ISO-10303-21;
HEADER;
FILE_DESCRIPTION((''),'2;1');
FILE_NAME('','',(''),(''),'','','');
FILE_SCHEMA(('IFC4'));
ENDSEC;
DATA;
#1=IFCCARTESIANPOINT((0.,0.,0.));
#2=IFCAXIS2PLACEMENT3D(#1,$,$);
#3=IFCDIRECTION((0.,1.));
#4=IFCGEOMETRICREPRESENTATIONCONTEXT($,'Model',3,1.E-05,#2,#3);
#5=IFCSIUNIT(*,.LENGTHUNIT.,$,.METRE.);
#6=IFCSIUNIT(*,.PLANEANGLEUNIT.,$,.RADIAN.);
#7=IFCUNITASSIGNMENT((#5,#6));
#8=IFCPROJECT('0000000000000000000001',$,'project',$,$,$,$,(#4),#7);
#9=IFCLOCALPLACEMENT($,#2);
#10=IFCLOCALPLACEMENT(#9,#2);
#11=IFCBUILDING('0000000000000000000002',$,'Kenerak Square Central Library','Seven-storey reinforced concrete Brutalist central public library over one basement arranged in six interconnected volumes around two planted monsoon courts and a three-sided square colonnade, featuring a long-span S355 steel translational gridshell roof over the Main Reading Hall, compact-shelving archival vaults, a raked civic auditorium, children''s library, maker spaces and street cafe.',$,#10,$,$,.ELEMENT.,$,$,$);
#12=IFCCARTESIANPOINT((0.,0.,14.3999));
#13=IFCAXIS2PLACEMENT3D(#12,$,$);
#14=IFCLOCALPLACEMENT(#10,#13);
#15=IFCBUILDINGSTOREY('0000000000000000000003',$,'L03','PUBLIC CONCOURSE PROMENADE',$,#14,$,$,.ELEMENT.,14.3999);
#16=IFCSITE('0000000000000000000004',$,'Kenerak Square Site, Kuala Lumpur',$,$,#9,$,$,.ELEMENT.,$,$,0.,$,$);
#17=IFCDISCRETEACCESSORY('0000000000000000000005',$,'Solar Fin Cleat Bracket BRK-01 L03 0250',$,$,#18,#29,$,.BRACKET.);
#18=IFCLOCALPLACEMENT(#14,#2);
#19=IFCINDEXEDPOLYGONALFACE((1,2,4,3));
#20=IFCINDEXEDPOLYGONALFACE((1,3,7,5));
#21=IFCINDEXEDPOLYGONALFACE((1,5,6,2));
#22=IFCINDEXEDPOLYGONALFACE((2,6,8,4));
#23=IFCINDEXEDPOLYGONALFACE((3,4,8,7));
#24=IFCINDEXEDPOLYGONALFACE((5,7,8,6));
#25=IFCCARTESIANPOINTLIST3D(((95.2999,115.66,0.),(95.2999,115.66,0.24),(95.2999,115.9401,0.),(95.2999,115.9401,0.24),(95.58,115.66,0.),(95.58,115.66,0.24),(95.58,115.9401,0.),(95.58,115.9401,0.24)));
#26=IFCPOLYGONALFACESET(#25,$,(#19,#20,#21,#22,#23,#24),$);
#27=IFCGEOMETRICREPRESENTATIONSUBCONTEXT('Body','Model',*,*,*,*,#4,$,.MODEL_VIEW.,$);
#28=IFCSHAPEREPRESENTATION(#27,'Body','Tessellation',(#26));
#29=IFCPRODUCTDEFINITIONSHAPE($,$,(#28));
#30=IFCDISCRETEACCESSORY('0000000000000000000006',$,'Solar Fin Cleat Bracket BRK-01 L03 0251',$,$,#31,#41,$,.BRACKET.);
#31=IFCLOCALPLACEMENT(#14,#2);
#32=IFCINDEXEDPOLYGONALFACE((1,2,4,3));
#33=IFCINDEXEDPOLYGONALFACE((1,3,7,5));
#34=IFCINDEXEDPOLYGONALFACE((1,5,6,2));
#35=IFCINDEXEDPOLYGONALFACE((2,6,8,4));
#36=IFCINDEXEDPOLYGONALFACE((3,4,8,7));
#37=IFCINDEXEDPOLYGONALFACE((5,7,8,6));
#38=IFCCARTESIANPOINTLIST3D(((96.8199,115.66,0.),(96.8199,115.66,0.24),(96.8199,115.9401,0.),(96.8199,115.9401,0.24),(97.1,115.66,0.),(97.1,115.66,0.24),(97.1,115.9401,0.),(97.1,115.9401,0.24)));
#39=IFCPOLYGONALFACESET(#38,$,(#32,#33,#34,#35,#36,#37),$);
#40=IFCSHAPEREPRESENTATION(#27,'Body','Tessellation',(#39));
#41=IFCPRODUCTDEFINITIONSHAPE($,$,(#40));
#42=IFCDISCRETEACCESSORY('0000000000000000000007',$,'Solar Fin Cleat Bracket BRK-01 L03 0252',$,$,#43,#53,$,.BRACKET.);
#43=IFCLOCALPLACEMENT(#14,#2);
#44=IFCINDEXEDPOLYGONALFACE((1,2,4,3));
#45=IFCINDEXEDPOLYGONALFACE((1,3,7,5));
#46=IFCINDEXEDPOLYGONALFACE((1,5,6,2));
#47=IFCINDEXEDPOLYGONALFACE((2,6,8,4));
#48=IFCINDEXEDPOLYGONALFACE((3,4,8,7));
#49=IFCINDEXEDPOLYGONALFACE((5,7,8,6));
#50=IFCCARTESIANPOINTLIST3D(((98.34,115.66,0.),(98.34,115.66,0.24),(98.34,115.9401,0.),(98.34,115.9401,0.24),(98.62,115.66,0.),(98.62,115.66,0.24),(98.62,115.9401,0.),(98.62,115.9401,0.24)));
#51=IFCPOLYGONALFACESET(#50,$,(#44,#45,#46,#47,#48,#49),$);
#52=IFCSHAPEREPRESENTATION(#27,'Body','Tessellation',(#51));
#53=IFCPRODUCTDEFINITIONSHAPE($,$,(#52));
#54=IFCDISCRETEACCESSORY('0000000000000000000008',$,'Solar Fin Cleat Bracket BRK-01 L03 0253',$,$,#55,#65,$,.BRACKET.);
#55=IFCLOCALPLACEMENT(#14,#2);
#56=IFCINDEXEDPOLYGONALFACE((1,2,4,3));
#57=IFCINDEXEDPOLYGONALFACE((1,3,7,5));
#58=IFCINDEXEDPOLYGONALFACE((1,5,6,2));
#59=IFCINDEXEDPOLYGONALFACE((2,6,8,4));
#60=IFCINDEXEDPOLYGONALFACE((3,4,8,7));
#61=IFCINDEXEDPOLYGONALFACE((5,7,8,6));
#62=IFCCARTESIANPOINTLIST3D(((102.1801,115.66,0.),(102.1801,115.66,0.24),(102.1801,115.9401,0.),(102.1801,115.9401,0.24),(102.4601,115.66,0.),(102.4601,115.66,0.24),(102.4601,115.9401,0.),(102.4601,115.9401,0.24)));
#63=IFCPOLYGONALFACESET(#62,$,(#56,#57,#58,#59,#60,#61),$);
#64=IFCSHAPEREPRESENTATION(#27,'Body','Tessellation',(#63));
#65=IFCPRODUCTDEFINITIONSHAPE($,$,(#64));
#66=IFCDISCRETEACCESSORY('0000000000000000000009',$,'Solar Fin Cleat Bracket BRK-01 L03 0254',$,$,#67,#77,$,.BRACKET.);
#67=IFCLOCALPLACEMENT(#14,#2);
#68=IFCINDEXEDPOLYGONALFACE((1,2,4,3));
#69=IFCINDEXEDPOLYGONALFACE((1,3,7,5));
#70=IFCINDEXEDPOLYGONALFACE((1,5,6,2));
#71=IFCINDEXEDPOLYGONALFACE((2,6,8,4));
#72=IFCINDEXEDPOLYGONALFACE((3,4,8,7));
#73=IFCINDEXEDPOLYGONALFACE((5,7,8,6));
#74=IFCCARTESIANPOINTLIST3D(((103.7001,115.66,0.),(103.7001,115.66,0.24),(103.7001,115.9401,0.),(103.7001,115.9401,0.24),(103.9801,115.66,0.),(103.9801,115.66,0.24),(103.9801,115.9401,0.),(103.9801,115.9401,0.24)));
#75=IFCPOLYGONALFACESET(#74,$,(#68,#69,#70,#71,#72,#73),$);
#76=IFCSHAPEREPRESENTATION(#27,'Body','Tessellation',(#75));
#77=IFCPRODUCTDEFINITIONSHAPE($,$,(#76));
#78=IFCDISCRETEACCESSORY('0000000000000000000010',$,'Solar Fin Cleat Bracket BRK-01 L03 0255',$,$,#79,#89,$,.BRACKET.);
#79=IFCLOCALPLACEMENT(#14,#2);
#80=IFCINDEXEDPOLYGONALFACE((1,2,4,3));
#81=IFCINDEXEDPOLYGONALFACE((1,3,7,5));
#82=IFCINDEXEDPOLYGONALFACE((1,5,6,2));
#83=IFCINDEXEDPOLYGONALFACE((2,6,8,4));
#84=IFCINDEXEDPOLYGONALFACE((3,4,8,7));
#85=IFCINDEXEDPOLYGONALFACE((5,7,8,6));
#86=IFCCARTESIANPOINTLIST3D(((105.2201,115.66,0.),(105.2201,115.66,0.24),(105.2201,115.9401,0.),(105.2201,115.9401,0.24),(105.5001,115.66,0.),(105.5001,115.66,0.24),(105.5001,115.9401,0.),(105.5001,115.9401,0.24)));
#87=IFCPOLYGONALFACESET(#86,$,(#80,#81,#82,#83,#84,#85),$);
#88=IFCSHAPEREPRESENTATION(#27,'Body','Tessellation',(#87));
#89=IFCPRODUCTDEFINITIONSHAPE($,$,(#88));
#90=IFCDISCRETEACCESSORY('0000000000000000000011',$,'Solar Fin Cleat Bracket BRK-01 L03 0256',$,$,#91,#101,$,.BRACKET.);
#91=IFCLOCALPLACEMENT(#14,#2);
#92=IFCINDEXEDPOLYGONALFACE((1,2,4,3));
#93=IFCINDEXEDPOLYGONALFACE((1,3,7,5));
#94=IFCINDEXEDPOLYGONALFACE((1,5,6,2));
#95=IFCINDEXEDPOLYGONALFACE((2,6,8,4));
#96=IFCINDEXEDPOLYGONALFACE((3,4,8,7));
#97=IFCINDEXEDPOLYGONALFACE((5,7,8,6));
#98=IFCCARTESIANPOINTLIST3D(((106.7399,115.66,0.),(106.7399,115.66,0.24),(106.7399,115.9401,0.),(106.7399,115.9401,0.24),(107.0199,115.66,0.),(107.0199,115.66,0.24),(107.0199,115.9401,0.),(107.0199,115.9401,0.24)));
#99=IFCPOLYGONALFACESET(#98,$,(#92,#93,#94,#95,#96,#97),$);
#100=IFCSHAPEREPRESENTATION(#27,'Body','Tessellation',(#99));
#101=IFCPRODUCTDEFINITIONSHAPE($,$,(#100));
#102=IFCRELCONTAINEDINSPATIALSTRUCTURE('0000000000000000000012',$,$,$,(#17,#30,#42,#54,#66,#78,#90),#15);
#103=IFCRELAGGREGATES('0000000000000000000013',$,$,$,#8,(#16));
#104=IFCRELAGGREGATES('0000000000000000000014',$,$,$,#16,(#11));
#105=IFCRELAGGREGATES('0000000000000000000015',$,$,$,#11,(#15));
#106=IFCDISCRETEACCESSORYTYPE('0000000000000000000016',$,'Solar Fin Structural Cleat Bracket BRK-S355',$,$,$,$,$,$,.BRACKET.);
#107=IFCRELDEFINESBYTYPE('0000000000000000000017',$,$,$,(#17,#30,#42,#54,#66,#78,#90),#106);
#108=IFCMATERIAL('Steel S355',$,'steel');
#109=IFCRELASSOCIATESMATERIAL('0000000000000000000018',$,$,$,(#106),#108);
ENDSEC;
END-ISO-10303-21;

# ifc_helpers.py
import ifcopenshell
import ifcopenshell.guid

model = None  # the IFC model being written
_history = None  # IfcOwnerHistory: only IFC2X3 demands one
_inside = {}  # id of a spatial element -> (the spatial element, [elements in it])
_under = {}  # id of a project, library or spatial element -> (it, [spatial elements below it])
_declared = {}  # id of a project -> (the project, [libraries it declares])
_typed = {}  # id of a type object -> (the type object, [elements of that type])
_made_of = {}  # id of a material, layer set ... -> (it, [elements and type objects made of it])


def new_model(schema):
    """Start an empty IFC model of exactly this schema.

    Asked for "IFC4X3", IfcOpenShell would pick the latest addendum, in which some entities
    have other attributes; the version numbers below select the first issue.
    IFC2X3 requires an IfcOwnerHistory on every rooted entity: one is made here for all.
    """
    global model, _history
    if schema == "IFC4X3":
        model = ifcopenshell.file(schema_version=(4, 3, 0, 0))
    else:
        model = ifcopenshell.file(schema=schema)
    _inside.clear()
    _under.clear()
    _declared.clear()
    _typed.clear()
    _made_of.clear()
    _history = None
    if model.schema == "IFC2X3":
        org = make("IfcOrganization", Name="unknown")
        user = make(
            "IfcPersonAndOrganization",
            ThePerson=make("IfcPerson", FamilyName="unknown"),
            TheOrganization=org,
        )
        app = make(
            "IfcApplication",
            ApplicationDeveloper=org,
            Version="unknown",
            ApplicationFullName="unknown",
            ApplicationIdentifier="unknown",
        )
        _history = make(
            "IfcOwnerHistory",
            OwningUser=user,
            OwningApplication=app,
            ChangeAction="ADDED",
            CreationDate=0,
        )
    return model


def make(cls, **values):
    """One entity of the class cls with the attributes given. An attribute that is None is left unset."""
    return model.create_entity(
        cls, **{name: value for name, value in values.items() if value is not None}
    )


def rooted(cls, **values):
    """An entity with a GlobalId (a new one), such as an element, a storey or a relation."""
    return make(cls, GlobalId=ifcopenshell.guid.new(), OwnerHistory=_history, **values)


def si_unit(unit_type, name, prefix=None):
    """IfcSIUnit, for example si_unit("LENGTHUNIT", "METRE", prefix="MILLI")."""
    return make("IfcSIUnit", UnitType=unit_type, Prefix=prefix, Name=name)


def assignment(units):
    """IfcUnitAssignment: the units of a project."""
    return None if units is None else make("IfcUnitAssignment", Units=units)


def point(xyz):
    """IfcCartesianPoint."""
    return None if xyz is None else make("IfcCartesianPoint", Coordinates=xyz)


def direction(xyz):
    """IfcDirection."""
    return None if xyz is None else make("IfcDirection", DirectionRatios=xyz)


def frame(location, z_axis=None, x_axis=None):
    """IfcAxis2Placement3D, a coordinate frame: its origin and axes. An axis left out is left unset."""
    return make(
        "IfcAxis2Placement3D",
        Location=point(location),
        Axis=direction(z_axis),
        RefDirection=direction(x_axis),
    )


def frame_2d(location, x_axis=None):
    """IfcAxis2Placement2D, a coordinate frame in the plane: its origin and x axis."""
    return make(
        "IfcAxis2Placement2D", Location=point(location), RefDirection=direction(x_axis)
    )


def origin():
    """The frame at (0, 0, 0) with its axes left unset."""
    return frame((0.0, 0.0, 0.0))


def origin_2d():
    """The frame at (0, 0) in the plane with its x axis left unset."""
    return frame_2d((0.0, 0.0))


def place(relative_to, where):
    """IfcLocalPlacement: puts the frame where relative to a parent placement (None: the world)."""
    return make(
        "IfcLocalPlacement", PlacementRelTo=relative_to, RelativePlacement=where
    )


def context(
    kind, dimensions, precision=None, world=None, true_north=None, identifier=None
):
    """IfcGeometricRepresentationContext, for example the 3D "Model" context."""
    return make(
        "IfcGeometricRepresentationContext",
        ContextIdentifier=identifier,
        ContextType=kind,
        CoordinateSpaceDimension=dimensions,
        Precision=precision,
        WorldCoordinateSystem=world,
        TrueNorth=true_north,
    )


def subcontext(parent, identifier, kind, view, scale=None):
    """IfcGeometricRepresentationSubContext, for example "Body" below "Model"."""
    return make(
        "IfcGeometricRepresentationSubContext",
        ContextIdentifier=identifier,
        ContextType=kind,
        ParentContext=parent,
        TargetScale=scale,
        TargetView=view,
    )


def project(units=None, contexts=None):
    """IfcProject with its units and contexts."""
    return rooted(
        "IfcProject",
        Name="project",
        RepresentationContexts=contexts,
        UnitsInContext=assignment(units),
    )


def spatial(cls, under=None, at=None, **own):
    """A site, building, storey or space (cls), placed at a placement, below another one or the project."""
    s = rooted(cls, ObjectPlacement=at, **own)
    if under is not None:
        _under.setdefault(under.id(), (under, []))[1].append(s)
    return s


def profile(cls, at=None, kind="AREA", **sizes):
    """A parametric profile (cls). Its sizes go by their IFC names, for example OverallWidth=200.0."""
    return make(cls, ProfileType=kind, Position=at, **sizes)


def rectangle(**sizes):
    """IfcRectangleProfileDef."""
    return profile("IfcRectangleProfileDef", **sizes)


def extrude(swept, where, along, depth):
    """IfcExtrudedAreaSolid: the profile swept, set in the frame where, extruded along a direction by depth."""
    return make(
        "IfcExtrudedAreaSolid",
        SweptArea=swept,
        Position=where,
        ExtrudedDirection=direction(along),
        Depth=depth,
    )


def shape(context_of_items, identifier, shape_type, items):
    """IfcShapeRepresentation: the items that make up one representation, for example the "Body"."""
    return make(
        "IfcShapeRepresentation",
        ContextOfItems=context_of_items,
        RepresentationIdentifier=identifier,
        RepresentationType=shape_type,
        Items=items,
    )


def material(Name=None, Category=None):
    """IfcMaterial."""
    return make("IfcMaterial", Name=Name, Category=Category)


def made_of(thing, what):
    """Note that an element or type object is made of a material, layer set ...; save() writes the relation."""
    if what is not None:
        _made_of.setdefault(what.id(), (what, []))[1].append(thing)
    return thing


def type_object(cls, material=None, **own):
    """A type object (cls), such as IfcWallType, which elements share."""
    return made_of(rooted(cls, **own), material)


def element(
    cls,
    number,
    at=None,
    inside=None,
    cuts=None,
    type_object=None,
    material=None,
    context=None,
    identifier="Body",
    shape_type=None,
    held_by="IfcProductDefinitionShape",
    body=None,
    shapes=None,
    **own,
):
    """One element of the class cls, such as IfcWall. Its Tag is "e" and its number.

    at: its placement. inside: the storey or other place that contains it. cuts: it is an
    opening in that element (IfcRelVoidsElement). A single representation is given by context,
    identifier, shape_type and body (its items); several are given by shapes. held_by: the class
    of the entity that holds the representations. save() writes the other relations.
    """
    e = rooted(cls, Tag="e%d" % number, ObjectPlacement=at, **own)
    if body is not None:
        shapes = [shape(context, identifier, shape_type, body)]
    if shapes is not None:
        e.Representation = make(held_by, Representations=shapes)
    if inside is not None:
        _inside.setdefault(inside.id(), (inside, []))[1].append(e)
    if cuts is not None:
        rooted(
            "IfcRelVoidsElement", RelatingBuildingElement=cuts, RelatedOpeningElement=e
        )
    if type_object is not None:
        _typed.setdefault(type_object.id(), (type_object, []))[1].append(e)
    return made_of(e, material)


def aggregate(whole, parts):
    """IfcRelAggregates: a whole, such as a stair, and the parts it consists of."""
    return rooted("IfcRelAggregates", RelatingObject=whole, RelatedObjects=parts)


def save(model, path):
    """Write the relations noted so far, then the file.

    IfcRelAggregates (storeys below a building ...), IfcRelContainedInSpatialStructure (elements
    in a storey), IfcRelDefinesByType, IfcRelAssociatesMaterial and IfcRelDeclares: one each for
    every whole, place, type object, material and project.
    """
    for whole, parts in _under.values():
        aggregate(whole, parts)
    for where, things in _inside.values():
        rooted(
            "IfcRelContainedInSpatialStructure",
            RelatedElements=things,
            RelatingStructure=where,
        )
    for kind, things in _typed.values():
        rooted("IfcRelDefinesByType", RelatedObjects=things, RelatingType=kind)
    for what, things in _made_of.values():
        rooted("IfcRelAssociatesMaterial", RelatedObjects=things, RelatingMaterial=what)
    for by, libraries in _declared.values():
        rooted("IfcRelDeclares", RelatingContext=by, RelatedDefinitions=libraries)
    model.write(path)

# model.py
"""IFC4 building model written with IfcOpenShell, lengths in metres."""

from ifc_helpers import new_model, si_unit, direction, frame, origin, origin_2d, place, context, subcontext, project, spatial, rectangle, extrude, material, type_object, element, save


model = new_model("IFC4")

# Units and contexts
model_context = context("Model", 3, precision=1e-05, world=origin(), true_north=direction((0.0, 1.0)))
body_context = subcontext(model_context, "Body", "Model", "MODEL_VIEW")
ifc_project = project(units=[si_unit("LENGTHUNIT", "METRE"), si_unit("PLANEANGLEUNIT", "RADIAN")], contexts=[model_context])

# Site, building, storey
site_placement = place(None, origin())
site = spatial("IfcSite", under=ifc_project, at=site_placement, Name="Kenerak Square Site, Kuala Lumpur", CompositionType="ELEMENT", RefElevation=0.0)
building_placement = place(site_placement, origin())
building = spatial("IfcBuilding", under=site, at=building_placement, Name="Kenerak Square Central Library", Description="Seven-storey reinforced concrete Brutalist central public library over one basement arranged in six interconnected volumes around two planted monsoon courts and a three-sided square colonnade, featuring a long-span S355 steel translational gridshell roof over the Main Reading Hall, compact-shelving archival vaults, a raked civic auditorium, children's library, maker spaces and street cafe.", CompositionType="ELEMENT")
storey_placement = place(building_placement, frame((0.0, 0.0, 14.3999)))
storey = spatial("IfcBuildingStorey", under=building, at=storey_placement, Name="L03", Description="PUBLIC CONCOURSE PROMENADE", CompositionType="ELEMENT", Elevation=14.3999)

# Discrete accessories
ifc_material_1 = material(Name="Steel S355", Category="steel")
discrete_accessory_type = type_object("IfcDiscreteAccessoryType", Name="Solar Fin Structural Cleat Bracket BRK-S355", PredefinedType="BRACKET", material=ifc_material_1)
for number, where, z_axis, x_axis, name in (
    (1, (95.4399, 115.8, 0.0), (0.0, 0.0, 1.0), (1.0, 0.0, 0.0), "Solar Fin Cleat Bracket BRK-01 L03 0250"),
    (2, (96.96, 115.8, 0.0), (0.0, 0.0, 1.0), (1.0, 0.0, 0.0), "Solar Fin Cleat Bracket BRK-01 L03 0251"),
    (3, (98.48, 115.8, 0.0), (0.0, 0.0, 1.0), (1.0, 0.0, 0.0), "Solar Fin Cleat Bracket BRK-01 L03 0252"),
    (4, (102.3201, 115.8, 0.0), (0.0, 0.0, 1.0), (1.0, 0.0, 0.0), "Solar Fin Cleat Bracket BRK-01 L03 0253"),
    (5, (103.8401, 115.8, 0.0), (0.0, 0.0, 1.0), (1.0, 0.0, 0.0), "Solar Fin Cleat Bracket BRK-01 L03 0254"),
    (6, (105.3601, 115.8, 0.0), (0.0, 0.0, 1.0), (1.0, 0.0, 0.0), "Solar Fin Cleat Bracket BRK-01 L03 0255"),
    (7, (106.8799, 115.8, 0.0), (0.0, 0.0, 1.0), (1.0, 0.0, 0.0), "Solar Fin Cleat Bracket BRK-01 L03 0256"),
):
    element("IfcDiscreteAccessory", number, at=place(storey_placement, frame(where, z_axis=z_axis, x_axis=x_axis)), inside=storey, type_object=discrete_accessory_type, Name=name, PredefinedType="BRACKET", context=body_context, shape_type="SweptSolid", body=[
        extrude(rectangle(XDim=0.28, YDim=0.28, at=origin_2d()), origin(), (0.0, 0.0, 1.0), 0.24),
    ])

save(model, "model.ifc")
